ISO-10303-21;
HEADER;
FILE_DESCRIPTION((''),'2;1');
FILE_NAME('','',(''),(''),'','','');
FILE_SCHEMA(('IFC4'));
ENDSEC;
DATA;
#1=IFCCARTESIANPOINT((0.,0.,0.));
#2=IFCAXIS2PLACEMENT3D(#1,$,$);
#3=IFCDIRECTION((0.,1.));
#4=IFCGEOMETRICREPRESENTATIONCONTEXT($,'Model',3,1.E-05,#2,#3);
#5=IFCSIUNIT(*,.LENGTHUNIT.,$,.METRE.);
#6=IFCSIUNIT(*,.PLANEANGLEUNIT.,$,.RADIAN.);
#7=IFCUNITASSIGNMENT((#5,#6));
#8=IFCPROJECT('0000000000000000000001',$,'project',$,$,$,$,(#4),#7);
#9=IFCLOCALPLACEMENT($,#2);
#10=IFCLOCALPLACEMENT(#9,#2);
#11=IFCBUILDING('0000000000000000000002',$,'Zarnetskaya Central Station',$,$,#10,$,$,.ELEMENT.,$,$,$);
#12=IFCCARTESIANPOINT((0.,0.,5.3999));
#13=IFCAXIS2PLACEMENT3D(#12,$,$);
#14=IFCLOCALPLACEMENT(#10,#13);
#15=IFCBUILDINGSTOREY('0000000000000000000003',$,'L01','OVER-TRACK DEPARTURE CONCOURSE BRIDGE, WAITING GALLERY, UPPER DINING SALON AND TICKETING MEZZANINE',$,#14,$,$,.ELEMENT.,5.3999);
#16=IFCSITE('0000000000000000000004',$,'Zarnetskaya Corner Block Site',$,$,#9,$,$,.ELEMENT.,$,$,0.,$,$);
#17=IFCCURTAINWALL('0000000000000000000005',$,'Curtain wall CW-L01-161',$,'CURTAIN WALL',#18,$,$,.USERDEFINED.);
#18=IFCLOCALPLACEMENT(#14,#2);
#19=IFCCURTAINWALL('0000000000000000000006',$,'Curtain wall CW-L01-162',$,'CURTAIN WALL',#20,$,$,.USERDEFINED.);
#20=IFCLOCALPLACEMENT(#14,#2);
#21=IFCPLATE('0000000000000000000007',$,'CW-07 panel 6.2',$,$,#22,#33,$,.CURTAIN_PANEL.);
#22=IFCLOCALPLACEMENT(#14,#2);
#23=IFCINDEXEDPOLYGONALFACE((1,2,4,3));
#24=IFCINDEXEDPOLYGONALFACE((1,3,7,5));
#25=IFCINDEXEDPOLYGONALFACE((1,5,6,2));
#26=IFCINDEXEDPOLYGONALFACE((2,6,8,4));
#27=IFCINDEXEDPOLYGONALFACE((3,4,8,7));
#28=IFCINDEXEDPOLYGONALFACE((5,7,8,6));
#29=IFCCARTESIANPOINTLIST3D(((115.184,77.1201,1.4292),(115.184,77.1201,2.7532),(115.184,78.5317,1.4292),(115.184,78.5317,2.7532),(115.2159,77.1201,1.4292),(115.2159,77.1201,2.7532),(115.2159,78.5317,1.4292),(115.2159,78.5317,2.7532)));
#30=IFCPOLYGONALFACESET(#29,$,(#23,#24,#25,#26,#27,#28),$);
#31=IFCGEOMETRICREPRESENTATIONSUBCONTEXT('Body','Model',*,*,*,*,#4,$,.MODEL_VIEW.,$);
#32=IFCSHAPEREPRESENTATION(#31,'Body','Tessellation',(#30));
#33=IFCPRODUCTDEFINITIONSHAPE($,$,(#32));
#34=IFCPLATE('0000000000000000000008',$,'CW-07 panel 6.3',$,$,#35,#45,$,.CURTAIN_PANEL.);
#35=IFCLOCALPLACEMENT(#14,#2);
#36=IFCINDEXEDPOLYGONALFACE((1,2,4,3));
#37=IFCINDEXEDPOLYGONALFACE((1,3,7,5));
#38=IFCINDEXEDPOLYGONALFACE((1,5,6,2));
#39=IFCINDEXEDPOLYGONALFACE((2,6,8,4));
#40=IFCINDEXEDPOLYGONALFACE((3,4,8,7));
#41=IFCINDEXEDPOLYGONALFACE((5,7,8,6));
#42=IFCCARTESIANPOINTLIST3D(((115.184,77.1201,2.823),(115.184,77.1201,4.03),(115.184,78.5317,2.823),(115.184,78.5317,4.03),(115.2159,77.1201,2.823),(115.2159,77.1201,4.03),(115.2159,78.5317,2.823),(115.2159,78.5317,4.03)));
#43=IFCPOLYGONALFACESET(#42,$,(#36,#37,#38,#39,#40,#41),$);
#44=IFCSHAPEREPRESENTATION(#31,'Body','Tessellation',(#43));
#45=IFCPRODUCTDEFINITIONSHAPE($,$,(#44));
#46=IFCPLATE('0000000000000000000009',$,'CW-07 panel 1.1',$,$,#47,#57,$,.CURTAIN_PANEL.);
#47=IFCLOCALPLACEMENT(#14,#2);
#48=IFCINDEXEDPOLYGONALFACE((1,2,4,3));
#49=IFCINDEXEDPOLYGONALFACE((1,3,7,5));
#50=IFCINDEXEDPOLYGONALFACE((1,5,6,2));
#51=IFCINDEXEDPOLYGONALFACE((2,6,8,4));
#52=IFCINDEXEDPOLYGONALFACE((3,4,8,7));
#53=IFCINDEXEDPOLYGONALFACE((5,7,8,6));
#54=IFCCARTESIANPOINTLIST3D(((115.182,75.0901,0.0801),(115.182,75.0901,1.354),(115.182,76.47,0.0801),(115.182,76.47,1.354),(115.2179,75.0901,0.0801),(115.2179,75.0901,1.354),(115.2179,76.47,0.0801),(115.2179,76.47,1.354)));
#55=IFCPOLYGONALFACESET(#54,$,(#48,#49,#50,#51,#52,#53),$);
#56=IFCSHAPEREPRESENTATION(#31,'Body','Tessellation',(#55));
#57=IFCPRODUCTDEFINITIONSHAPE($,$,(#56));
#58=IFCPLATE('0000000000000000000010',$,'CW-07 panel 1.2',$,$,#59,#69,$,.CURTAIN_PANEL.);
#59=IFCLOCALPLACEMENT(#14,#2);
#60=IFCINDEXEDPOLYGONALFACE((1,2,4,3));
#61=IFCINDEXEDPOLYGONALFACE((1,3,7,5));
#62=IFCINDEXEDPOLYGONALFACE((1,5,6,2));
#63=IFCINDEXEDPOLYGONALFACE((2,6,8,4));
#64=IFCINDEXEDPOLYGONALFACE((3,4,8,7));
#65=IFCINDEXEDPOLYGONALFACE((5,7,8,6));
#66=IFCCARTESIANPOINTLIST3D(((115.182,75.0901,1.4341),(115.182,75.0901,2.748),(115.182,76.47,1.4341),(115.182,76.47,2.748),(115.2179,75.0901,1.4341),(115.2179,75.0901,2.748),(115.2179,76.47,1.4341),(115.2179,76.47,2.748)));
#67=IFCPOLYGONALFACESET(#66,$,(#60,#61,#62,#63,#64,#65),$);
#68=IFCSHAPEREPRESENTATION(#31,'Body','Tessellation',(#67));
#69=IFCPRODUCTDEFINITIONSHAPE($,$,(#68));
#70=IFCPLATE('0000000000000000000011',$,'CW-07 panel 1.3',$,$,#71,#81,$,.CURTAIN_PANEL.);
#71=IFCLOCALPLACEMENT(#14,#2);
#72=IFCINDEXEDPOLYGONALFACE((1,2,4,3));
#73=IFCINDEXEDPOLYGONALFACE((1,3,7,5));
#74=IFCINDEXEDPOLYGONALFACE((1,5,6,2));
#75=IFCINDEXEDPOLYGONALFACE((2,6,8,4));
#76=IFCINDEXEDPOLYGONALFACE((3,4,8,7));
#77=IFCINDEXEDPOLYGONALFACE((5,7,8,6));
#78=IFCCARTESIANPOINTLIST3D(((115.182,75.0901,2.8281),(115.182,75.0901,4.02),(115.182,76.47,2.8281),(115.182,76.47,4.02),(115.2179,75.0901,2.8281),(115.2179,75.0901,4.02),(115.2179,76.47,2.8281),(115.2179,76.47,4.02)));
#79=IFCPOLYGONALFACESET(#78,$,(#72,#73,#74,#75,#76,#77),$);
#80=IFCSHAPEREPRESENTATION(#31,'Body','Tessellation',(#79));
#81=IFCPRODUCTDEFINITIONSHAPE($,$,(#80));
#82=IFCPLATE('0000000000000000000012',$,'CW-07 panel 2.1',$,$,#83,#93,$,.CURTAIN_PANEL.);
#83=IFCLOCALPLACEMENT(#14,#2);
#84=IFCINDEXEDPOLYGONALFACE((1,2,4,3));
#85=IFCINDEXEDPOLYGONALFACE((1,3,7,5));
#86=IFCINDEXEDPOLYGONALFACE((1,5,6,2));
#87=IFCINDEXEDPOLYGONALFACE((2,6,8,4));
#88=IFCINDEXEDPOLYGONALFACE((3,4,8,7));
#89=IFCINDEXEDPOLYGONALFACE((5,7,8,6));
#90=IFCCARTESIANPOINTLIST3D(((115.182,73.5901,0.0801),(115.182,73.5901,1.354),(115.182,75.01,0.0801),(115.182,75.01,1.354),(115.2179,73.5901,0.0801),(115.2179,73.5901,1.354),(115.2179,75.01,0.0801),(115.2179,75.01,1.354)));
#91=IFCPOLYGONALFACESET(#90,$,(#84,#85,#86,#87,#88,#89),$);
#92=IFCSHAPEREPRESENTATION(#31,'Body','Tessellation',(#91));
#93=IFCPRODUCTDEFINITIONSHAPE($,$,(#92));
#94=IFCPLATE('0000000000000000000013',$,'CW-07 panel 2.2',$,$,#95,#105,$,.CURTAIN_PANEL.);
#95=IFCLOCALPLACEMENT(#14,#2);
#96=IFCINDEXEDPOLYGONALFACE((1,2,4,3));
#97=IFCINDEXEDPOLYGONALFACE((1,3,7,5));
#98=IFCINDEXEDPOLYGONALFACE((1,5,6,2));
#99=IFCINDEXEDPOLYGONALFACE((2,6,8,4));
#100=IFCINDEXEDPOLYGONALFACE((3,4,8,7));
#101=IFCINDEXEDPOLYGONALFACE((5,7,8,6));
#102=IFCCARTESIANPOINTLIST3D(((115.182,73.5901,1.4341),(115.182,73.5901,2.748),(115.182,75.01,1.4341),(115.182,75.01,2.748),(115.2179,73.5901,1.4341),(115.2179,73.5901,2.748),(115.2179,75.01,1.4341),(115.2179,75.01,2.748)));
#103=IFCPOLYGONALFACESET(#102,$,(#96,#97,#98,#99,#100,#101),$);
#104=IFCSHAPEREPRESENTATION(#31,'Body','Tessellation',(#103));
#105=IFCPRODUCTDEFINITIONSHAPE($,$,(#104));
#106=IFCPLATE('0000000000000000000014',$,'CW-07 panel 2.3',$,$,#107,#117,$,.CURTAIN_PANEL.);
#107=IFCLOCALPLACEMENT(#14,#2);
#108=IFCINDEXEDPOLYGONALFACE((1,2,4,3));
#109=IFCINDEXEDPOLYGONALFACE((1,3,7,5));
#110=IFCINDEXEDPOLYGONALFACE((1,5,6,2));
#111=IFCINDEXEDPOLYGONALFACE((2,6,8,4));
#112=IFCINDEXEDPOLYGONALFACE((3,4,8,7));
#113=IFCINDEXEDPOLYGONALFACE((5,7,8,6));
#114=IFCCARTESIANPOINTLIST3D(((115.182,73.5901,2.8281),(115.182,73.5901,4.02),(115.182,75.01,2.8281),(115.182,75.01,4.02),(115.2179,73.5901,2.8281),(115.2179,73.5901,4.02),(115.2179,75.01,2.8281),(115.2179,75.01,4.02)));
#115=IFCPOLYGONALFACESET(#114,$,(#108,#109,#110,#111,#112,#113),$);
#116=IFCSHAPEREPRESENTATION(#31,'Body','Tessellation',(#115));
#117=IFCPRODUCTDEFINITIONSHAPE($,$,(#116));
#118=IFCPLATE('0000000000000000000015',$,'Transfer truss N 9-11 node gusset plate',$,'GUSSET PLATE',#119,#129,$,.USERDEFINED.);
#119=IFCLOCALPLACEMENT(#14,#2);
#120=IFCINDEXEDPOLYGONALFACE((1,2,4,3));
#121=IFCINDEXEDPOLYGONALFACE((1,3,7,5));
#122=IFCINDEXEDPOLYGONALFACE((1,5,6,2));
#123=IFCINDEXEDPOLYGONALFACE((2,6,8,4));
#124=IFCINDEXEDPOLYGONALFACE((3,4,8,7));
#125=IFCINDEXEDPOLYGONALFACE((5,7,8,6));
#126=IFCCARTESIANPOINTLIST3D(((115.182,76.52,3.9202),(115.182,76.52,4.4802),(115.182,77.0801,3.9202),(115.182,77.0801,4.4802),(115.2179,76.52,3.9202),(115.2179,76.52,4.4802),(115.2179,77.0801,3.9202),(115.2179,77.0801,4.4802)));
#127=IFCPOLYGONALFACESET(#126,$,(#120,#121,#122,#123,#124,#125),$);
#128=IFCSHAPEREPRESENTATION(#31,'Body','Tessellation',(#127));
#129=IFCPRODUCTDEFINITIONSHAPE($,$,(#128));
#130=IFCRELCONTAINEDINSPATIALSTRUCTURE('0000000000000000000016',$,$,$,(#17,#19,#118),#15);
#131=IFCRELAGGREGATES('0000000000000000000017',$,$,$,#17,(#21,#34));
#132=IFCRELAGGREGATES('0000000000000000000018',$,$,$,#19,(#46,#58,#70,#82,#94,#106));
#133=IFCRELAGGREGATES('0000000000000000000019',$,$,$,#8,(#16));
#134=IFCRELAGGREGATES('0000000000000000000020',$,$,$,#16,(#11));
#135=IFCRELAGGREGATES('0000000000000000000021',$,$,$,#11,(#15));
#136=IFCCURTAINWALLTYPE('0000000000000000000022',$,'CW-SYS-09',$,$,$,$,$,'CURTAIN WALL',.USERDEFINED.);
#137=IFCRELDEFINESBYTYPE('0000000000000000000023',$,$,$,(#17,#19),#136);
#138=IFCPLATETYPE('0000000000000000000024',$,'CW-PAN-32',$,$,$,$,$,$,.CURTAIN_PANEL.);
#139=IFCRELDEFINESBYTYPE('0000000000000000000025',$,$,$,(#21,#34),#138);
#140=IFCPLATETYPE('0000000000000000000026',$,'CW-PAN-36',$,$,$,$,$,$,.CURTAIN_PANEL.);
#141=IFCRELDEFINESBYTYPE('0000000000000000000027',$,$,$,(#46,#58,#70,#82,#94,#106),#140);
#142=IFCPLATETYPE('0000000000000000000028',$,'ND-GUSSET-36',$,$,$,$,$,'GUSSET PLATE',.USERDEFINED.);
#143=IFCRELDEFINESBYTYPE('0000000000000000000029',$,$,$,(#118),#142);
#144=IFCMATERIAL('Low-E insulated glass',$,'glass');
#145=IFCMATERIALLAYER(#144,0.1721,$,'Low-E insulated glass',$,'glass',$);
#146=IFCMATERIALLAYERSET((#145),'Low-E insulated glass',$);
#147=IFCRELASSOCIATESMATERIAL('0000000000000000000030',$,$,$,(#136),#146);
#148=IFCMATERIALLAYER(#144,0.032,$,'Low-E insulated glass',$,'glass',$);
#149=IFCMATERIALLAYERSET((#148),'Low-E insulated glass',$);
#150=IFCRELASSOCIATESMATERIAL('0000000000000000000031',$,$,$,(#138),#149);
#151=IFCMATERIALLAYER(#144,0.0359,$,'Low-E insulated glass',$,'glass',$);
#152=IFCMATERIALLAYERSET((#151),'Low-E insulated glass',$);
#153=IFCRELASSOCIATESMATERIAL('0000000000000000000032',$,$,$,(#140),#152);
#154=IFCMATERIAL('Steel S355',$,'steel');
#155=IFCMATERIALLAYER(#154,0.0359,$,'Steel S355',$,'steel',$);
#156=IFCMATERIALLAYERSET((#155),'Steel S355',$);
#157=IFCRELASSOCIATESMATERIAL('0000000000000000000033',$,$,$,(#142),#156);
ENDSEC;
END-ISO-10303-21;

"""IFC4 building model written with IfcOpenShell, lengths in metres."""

from ifc_helpers import new_model, si_unit, direction, frame, origin, origin_2d, place, context, subcontext, project, spatial, rectangle, extrude, material, layer, layer_set, type_object, element, aggregate, save


model = new_model("IFC4")

# Units and contexts
model_context = context("Model", 3, precision=1e-05, world=origin(), true_north=direction((0.0, 1.0)))
body_context = subcontext(model_context, "Body", "Model", "MODEL_VIEW")
ifc_project = project(units=[si_unit("LENGTHUNIT", "METRE"), si_unit("PLANEANGLEUNIT", "RADIAN")], contexts=[model_context])

# Site, building, storey
site_placement = place(None, origin())
site = spatial("IfcSite", under=ifc_project, at=site_placement, Name="Zarnetskaya Corner Block Site", CompositionType="ELEMENT", RefElevation=0.0)
building_placement = place(site_placement, origin())
building = spatial("IfcBuilding", under=site, at=building_placement, Name="Zarnetskaya Central Station", CompositionType="ELEMENT")
storey_placement = place(building_placement, frame((0.0, 0.0, 5.3999)))
storey = spatial("IfcBuildingStorey", under=building, at=storey_placement, Name="L01", Description="OVER-TRACK DEPARTURE CONCOURSE BRIDGE, WAITING GALLERY, UPPER DINING SALON AND TICKETING MEZZANINE", CompositionType="ELEMENT", Elevation=5.3999)

# Curtain walls
ifc_material_1 = material(Name="Low-E insulated glass", Category="glass")
ifc_layer_1 = layer(ifc_material_1, 0.1721, Name="Low-E insulated glass", Category="glass")
ifc_layer_set_1 = layer_set([ifc_layer_1], Name="Low-E insulated glass")
curtain_wall_type = type_object("IfcCurtainWallType", Name="CW-SYS-09", ElementType="CURTAIN WALL", PredefinedType="USERDEFINED", material=ifc_layer_set_1)
curtain_wall_1_placement = place(storey_placement, origin())
curtain_wall_1 = element("IfcCurtainWall", 1, at=curtain_wall_1_placement, inside=storey, type_object=curtain_wall_type, Name="Curtain wall CW-L01-161", ObjectType="CURTAIN WALL", PredefinedType="USERDEFINED")
curtain_wall_2_placement = place(storey_placement, origin())
curtain_wall_2 = element("IfcCurtainWall", 2, at=curtain_wall_2_placement, inside=storey, type_object=curtain_wall_type, Name="Curtain wall CW-L01-162", ObjectType="CURTAIN WALL", PredefinedType="USERDEFINED")

# Plates
ifc_layer_2 = layer(ifc_material_1, 0.032, Name="Low-E insulated glass", Category="glass")
ifc_layer_set_2 = layer_set([ifc_layer_2], Name="Low-E insulated glass")
plate_type_1 = type_object("IfcPlateType", Name="CW-PAN-32", PredefinedType="CURTAIN_PANEL", material=ifc_layer_set_2)
plate_1_placement = place(storey_placement, frame((115.2, 77.8259, 1.4292), z_axis=(0.0, 0.0, 1.0), x_axis=(0.0, -1.0, 0.0)))
plate_1 = element("IfcPlate", 3, at=plate_1_placement, type_object=plate_type_1, Name="CW-07 panel 6.2", PredefinedType="CURTAIN_PANEL", context=body_context, shape_type="SweptSolid", body=[
    extrude(rectangle(XDim=1.4116, YDim=0.032, at=origin_2d()), origin(), (0.0, 0.0, 1.0), 1.324),
])
plate_2_placement = place(storey_placement, frame((115.2, 77.8259, 2.823), z_axis=(0.0, 0.0, 1.0), x_axis=(0.0, -1.0, 0.0)))
plate_2 = element("IfcPlate", 4, at=plate_2_placement, type_object=plate_type_1, Name="CW-07 panel 6.3", PredefinedType="CURTAIN_PANEL", context=body_context, shape_type="SweptSolid", body=[
    extrude(rectangle(XDim=1.4116, YDim=0.032, at=origin_2d()), origin(), (0.0, 0.0, 1.0), 1.207),
])
aggregate(curtain_wall_1, [plate_1, plate_2])
ifc_layer_3 = layer(ifc_material_1, 0.0359, Name="Low-E insulated glass", Category="glass")
ifc_layer_set_3 = layer_set([ifc_layer_3], Name="Low-E insulated glass")
plate_type_2 = type_object("IfcPlateType", Name="CW-PAN-36", PredefinedType="CURTAIN_PANEL", material=ifc_layer_set_3)
plate_3_placement = place(storey_placement, frame((115.2, 75.78, 0.0801), z_axis=(0.0, 0.0, 1.0), x_axis=(0.0, -1.0, 0.0)))
plate_3 = element("IfcPlate", 5, at=plate_3_placement, type_object=plate_type_2, Name="CW-07 panel 1.1", PredefinedType="CURTAIN_PANEL", context=body_context, shape_type="SweptSolid", body=[
    extrude(rectangle(XDim=1.3799, YDim=0.0359, at=origin_2d()), origin(), (0.0, 0.0, 1.0), 1.2739),
])
plate_4_placement = place(storey_placement, frame((115.2, 75.78, 1.4341), z_axis=(0.0, 0.0, 1.0), x_axis=(0.0, -1.0, 0.0)))
plate_4 = element("IfcPlate", 6, at=plate_4_placement, type_object=plate_type_2, Name="CW-07 panel 1.2", PredefinedType="CURTAIN_PANEL", context=body_context, shape_type="SweptSolid", body=[
    extrude(rectangle(XDim=1.3799, YDim=0.0359, at=origin_2d()), origin(), (0.0, 0.0, 1.0), 1.314),
])
plate_5_placement = place(storey_placement, frame((115.2, 75.78, 2.8281), z_axis=(0.0, 0.0, 1.0), x_axis=(0.0, -1.0, 0.0)))
plate_5 = element("IfcPlate", 7, at=plate_5_placement, type_object=plate_type_2, Name="CW-07 panel 1.3", PredefinedType="CURTAIN_PANEL", context=body_context, shape_type="SweptSolid", body=[
    extrude(rectangle(XDim=1.3799, YDim=0.0359, at=origin_2d()), origin(), (0.0, 0.0, 1.0), 1.1919),
])
plate_6_placement = place(storey_placement, frame((115.2, 74.3, 0.0801), z_axis=(0.0, 0.0, 1.0), x_axis=(0.0, -1.0, 0.0)))
plate_6 = element("IfcPlate", 8, at=plate_6_placement, type_object=plate_type_2, Name="CW-07 panel 2.1", PredefinedType="CURTAIN_PANEL", context=body_context, shape_type="SweptSolid", body=[
    extrude(rectangle(XDim=1.4199, YDim=0.0359, at=origin_2d()), origin(), (0.0, 0.0, 1.0), 1.2739),
])
plate_7_placement = place(storey_placement, frame((115.2, 74.3, 1.4341), z_axis=(0.0, 0.0, 1.0), x_axis=(0.0, -1.0, 0.0)))
plate_7 = element("IfcPlate", 9, at=plate_7_placement, type_object=plate_type_2, Name="CW-07 panel 2.2", PredefinedType="CURTAIN_PANEL", context=body_context, shape_type="SweptSolid", body=[
    extrude(rectangle(XDim=1.4199, YDim=0.0359, at=origin_2d()), origin(), (0.0, 0.0, 1.0), 1.314),
])
plate_8_placement = place(storey_placement, frame((115.2, 74.3, 2.8281), z_axis=(0.0, 0.0, 1.0), x_axis=(0.0, -1.0, 0.0)))
plate_8 = element("IfcPlate", 10, at=plate_8_placement, type_object=plate_type_2, Name="CW-07 panel 2.3", PredefinedType="CURTAIN_PANEL", context=body_context, shape_type="SweptSolid", body=[
    extrude(rectangle(XDim=1.4199, YDim=0.0359, at=origin_2d()), origin(), (0.0, 0.0, 1.0), 1.1919),
])
aggregate(curtain_wall_2, [plate_3, plate_4, plate_5, plate_6, plate_7, plate_8])
ifc_material_2 = material(Name="Steel S355", Category="steel")
ifc_layer_4 = layer(ifc_material_2, 0.0359, Name="Steel S355", Category="steel")
ifc_layer_set_4 = layer_set([ifc_layer_4], Name="Steel S355")
plate_type_3 = type_object("IfcPlateType", Name="ND-GUSSET-36", ElementType="GUSSET PLATE", PredefinedType="USERDEFINED", material=ifc_layer_set_4)
plate_9_placement = place(storey_placement, frame((115.2, 76.8, 3.9202), z_axis=(0.0, 0.0, 1.0), x_axis=(1.0, 0.0, 0.0)))
element("IfcPlate", 11, at=plate_9_placement, inside=storey, type_object=plate_type_3, Name="Transfer truss N 9-11 node gusset plate", ObjectType="GUSSET PLATE", PredefinedType="USERDEFINED", context=body_context, shape_type="SweptSolid", body=[
    extrude(rectangle(XDim=0.0359, YDim=0.5601, at=origin_2d()), origin(), (0.0, 0.0, 1.0), 0.5601),
])

save(model, "model.ifc")
